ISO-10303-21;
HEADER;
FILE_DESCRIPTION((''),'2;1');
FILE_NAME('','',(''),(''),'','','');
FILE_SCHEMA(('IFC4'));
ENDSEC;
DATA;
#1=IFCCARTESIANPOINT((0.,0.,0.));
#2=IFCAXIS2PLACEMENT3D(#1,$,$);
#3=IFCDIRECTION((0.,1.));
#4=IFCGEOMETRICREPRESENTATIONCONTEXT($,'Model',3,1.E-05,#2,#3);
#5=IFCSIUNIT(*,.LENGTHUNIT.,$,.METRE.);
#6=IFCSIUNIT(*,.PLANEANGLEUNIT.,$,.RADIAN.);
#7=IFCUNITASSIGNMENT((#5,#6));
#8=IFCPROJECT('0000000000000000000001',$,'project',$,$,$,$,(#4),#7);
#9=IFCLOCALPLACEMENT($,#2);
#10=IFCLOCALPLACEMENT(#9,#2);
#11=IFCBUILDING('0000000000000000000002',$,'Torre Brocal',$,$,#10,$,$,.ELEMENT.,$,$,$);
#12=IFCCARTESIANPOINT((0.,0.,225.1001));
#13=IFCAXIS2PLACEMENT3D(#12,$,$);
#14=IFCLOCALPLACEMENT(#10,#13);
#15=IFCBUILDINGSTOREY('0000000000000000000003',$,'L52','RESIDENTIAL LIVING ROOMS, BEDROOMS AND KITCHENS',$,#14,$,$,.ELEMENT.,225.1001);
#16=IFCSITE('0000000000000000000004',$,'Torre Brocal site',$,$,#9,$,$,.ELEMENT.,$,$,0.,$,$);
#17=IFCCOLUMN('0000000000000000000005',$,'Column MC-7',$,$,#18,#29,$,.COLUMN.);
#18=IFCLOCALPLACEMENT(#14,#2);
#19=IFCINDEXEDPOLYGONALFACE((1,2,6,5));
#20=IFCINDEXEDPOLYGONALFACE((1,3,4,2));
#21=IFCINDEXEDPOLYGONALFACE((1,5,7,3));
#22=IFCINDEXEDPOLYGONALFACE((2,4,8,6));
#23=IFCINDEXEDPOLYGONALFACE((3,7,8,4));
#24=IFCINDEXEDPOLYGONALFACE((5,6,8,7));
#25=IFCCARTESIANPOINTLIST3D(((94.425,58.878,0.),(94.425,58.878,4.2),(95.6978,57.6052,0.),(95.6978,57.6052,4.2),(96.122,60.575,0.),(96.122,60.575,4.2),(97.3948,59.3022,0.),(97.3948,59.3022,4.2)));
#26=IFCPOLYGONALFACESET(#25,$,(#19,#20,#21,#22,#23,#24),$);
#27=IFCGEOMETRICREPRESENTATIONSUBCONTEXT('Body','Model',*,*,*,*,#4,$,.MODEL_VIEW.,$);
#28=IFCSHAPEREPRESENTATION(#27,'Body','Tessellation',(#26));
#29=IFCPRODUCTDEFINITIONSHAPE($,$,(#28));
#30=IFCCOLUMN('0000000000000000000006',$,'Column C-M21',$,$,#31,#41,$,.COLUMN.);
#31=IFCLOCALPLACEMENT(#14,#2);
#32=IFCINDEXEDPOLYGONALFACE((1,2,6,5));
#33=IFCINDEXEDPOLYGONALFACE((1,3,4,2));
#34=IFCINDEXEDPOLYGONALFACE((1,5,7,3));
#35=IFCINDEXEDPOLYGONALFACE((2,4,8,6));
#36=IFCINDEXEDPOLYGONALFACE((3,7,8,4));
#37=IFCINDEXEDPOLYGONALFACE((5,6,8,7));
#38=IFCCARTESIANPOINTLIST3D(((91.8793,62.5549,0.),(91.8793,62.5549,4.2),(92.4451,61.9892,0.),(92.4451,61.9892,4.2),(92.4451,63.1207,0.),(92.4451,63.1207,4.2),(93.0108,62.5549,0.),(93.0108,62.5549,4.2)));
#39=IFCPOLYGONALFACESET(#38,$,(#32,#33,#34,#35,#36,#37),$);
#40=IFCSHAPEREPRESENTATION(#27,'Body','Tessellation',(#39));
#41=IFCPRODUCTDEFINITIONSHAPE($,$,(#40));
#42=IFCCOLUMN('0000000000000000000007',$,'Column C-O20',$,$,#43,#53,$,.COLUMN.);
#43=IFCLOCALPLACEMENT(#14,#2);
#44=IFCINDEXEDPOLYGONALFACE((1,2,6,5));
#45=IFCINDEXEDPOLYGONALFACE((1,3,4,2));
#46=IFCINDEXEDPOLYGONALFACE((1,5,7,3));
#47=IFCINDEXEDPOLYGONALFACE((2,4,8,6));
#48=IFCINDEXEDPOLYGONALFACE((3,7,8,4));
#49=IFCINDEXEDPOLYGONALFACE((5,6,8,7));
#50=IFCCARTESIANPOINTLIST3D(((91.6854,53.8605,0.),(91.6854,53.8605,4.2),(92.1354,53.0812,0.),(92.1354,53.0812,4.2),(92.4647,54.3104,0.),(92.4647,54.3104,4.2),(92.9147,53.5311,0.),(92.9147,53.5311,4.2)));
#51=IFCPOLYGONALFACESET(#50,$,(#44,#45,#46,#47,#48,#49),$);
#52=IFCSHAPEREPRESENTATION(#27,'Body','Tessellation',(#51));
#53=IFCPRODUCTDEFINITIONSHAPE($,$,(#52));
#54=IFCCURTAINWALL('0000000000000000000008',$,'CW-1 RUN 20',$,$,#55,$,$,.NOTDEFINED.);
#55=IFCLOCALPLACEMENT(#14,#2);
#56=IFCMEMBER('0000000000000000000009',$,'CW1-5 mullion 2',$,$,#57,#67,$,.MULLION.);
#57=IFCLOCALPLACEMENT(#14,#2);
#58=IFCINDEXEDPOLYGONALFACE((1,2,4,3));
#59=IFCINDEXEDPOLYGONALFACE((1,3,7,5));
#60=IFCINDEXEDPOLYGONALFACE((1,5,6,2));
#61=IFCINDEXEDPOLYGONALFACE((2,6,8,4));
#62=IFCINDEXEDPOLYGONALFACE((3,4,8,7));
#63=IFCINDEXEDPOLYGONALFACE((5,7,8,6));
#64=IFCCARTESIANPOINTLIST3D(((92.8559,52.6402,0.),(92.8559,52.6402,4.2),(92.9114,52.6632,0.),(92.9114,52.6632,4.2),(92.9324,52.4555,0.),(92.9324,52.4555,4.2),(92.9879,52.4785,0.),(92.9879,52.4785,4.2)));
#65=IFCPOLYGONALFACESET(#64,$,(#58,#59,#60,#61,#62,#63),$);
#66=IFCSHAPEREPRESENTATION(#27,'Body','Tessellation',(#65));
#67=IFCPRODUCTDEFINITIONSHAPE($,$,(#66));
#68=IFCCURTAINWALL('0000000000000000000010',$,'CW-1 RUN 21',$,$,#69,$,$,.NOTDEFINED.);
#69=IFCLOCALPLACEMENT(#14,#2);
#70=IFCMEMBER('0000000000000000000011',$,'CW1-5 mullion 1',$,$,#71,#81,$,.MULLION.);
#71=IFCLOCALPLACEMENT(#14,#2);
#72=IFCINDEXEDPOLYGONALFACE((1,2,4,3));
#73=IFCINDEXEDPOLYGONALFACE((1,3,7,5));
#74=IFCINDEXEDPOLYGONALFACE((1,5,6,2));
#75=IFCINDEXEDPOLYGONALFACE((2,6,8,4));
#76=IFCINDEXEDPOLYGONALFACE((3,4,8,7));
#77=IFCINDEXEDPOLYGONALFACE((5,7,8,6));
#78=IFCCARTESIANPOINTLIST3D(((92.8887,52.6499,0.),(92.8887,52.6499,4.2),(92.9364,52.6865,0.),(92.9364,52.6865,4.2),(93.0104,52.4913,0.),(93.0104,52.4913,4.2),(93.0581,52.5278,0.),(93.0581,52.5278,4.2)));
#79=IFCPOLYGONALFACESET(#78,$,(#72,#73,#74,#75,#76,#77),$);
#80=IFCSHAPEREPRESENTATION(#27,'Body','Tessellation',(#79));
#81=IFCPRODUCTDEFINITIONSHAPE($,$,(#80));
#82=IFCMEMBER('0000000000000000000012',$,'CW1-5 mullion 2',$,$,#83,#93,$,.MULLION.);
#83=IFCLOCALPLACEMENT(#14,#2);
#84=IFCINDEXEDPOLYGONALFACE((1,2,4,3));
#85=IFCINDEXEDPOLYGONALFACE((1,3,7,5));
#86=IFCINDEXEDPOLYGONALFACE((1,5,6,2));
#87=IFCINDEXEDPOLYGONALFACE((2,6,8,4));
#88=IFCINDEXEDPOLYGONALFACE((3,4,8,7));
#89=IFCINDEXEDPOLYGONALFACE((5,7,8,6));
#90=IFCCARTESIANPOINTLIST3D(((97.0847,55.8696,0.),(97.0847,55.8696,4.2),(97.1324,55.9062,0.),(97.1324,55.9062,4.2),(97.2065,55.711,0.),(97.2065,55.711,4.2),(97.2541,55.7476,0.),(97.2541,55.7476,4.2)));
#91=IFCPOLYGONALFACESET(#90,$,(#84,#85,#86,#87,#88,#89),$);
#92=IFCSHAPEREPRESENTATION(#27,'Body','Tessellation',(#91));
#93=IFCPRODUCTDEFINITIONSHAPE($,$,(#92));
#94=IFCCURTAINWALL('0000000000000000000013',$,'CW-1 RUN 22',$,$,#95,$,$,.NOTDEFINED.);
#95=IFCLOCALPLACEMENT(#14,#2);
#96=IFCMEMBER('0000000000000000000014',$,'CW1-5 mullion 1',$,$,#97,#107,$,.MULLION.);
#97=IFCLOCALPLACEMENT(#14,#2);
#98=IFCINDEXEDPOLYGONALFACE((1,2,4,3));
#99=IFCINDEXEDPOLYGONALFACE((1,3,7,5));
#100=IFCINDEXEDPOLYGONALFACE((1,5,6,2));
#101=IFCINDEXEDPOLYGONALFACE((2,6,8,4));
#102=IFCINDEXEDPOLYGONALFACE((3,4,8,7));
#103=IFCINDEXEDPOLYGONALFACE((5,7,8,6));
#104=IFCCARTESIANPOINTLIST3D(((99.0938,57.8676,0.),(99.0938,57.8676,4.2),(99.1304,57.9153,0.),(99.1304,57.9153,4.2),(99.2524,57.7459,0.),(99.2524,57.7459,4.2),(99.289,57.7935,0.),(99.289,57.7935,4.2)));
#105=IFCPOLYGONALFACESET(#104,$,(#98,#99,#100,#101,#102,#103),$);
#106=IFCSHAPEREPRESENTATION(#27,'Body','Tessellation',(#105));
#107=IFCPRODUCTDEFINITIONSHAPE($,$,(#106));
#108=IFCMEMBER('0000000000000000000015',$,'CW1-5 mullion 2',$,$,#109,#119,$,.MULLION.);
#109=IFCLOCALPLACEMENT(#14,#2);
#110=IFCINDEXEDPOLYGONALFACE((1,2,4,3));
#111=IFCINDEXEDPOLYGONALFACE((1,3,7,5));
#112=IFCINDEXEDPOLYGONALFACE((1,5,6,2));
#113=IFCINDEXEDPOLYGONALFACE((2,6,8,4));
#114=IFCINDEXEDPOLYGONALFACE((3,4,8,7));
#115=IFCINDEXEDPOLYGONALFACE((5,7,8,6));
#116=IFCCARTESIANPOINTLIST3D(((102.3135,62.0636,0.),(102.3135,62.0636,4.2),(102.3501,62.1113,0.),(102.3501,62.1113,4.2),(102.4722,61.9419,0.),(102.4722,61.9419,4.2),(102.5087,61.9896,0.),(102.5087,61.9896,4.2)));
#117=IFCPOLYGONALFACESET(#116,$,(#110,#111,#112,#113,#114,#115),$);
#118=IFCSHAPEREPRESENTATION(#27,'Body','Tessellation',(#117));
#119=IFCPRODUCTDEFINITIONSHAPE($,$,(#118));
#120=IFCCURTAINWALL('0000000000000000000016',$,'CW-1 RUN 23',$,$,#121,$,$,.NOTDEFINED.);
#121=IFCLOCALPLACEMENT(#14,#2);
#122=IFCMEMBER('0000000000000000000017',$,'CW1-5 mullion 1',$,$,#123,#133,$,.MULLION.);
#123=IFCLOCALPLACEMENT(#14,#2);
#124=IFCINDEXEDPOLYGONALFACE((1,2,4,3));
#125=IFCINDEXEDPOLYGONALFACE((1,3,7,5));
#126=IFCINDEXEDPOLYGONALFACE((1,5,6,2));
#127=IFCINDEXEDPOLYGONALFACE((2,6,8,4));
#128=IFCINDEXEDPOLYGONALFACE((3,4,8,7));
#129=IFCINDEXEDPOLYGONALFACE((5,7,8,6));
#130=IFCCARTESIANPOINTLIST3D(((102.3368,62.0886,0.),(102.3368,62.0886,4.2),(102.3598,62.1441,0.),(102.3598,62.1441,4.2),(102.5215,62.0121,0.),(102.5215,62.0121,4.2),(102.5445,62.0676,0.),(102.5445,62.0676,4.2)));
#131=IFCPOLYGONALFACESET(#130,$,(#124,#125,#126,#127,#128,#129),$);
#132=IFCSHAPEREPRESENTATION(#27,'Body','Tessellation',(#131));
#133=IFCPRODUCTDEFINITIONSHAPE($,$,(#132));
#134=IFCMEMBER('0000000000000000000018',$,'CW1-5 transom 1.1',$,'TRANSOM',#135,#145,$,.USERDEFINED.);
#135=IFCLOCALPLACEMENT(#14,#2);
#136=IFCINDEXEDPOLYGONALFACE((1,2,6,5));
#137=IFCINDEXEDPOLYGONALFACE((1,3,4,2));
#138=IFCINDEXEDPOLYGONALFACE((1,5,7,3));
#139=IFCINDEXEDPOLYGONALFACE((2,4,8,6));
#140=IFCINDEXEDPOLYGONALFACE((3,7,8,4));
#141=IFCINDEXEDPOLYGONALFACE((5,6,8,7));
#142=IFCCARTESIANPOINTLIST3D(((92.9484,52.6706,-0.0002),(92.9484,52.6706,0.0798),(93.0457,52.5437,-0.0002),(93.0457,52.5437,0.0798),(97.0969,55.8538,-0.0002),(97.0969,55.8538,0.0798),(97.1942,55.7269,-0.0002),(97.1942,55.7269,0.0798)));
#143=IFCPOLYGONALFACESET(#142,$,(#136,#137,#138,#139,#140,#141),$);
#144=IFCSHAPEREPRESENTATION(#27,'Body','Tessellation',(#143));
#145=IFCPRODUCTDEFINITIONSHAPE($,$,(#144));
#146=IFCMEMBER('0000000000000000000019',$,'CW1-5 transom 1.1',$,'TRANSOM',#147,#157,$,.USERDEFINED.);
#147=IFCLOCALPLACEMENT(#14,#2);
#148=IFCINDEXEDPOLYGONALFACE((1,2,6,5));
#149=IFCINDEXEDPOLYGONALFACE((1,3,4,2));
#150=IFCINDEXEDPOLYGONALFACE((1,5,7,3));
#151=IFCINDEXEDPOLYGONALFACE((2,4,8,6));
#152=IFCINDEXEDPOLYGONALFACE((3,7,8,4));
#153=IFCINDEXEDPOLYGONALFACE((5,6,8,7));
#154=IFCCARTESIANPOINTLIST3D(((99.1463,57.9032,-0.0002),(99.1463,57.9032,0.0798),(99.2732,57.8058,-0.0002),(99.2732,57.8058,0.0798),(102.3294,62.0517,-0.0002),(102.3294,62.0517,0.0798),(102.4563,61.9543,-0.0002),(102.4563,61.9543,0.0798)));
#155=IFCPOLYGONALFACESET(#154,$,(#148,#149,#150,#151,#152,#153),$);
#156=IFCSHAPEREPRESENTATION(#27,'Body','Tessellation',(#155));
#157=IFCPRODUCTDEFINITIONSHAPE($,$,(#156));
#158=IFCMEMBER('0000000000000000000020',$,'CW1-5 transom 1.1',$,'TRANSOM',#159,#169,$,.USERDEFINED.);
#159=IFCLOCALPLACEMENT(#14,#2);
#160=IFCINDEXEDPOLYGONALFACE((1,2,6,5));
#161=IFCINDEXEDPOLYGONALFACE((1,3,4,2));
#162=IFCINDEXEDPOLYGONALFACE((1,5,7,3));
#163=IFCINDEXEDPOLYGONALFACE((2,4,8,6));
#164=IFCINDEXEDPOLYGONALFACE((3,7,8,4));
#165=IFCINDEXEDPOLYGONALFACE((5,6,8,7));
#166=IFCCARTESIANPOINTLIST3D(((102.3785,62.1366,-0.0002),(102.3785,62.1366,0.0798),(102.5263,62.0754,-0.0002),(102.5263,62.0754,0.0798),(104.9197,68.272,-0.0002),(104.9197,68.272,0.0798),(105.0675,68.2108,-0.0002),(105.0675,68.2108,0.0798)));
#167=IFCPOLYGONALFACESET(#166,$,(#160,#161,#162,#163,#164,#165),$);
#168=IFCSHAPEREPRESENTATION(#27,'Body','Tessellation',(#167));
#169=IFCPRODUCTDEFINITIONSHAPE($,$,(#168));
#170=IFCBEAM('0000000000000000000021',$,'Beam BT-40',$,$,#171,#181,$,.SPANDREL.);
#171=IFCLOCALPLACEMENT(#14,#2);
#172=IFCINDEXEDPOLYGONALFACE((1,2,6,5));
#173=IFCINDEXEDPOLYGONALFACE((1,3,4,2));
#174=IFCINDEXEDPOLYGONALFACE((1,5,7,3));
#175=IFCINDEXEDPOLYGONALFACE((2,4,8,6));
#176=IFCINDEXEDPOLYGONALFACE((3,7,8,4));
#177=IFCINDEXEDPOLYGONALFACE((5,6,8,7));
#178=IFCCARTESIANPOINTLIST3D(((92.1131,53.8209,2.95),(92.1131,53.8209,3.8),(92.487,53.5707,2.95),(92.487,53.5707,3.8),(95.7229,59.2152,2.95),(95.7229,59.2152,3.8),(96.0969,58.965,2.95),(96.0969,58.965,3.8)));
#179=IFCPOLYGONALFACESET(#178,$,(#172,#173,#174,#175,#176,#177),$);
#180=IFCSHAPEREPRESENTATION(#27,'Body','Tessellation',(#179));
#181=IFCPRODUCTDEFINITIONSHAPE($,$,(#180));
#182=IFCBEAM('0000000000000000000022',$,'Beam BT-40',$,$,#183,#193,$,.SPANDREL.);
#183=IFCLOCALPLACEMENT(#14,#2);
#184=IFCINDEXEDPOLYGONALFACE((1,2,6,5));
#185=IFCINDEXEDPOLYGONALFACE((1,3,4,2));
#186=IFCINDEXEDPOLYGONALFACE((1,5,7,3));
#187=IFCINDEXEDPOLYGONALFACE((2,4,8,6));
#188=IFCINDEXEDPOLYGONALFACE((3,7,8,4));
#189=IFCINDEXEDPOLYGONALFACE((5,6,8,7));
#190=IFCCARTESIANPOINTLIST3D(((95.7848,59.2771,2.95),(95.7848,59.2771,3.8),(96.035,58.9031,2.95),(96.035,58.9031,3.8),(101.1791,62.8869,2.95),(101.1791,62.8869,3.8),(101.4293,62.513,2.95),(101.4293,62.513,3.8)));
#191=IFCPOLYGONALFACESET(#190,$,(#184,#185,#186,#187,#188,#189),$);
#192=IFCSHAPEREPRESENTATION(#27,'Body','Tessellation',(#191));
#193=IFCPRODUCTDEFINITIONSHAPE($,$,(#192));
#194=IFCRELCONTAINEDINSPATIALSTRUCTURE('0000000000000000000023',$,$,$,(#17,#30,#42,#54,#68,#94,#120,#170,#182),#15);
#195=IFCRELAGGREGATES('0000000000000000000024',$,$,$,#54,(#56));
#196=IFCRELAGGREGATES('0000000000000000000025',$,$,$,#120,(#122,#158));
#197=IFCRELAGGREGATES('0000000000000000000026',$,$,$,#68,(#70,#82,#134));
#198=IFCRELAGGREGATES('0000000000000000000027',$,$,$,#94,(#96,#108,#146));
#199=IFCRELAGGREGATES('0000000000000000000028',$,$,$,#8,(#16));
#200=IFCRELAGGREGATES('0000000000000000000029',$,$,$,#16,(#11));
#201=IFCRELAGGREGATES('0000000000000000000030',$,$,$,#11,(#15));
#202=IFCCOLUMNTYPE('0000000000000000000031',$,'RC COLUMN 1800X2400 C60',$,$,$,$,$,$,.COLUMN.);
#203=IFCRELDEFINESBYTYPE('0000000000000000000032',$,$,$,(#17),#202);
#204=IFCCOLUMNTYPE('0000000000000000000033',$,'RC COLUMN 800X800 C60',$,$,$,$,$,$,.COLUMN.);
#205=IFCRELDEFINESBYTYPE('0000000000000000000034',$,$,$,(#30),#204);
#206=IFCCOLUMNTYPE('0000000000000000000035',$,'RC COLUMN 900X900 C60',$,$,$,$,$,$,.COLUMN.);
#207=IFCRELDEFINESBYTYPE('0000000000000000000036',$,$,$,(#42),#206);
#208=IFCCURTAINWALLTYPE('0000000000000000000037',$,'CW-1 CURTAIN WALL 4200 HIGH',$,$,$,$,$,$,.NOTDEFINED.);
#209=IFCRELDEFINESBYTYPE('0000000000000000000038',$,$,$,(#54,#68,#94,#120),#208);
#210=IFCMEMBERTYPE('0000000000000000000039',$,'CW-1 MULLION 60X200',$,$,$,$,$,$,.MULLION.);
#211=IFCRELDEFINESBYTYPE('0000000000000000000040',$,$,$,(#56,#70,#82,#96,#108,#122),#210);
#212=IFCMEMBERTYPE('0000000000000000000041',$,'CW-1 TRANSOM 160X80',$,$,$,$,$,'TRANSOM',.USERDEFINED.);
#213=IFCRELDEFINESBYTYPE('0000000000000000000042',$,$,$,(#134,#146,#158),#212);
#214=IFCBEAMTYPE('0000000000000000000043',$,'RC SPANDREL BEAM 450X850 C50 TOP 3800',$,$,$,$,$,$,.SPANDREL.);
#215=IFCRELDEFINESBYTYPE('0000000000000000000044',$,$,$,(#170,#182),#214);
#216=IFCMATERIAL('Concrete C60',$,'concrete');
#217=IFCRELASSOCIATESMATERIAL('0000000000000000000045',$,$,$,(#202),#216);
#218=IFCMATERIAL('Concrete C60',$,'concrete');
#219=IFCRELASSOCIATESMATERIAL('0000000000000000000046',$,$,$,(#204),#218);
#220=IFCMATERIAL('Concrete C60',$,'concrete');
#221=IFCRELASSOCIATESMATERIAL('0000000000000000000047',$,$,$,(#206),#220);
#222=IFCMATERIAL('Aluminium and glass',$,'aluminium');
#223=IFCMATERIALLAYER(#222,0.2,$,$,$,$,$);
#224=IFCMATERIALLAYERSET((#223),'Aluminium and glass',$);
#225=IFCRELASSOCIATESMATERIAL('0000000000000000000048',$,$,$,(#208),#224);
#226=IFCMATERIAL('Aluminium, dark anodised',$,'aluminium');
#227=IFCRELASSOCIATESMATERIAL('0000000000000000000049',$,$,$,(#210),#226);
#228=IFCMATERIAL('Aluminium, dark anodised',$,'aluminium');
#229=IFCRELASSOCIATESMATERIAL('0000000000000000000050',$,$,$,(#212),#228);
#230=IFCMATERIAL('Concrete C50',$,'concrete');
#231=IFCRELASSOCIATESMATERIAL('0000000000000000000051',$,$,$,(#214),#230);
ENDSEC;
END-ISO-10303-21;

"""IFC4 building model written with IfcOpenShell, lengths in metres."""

from ifc_helpers import new_model, si_unit, direction, frame, origin, origin_2d, place, context, subcontext, project, spatial, rectangle, extrude, material, layer, layer_set, material_profile, profile_set, type_object, element, aggregate, save


model = new_model("IFC4")

# Units and contexts
model_context = context("Model", 3, precision=1e-05, world=origin(), true_north=direction((0.0, 1.0)))
body_context = subcontext(model_context, "Body", "Model", "MODEL_VIEW")
ifc_project = project(units=[si_unit("LENGTHUNIT", "METRE"), si_unit("PLANEANGLEUNIT", "RADIAN")], contexts=[model_context])

# Site, building, storey
site_placement = place(None, origin())
site = spatial("IfcSite", under=ifc_project, at=site_placement, Name="Torre Brocal site", CompositionType="ELEMENT", RefElevation=0.0)
building_placement = place(site_placement, origin())
building = spatial("IfcBuilding", under=site, at=building_placement, Name="Torre Brocal", CompositionType="ELEMENT")
storey_placement = place(building_placement, frame((0.0, 0.0, 225.1001)))
storey = spatial("IfcBuildingStorey", under=building, at=storey_placement, Name="L52", Description="RESIDENTIAL LIVING ROOMS, BEDROOMS AND KITCHENS", CompositionType="ELEMENT", Elevation=225.1001)

# Columns
ifc_material_1 = material(Name="Concrete C60", Category="concrete")
ifc_material_profile_1 = material_profile(ifc_material_1, rectangle(XDim=1.8, YDim=2.3999, at=origin_2d()), Name="RC 1800X2400")
ifc_profile_set_1 = profile_set([ifc_material_profile_1], Name="Concrete C60")
column_type_1 = type_object("IfcColumnType", Name="RC COLUMN 1800X2400 C60", PredefinedType="COLUMN", material=ifc_profile_set_1)
column_1_placement = place(storey_placement, frame((95.9099, 59.0901, 0.0), z_axis=(0.0, 0.0, 1.0), x_axis=(0.707107, -0.707107, 0.0)))
element("IfcColumn", 1, at=column_1_placement, inside=storey, type_object=column_type_1, Name="Column MC-7", PredefinedType="COLUMN", context=body_context, shape_type="SweptSolid", body=[
    extrude(rectangle(XDim=1.8, YDim=2.3999, at=origin_2d()), origin(), (0.0, 0.0, 1.0), 4.2),
])
ifc_material_2 = material(Name="Concrete C60", Category="concrete")
ifc_material_profile_2 = material_profile(ifc_material_2, rectangle(XDim=0.8, YDim=0.8, at=origin_2d()), Name="RC 800X800")
ifc_profile_set_2 = profile_set([ifc_material_profile_2], Name="Concrete C60")
column_type_2 = type_object("IfcColumnType", Name="RC COLUMN 800X800 C60", PredefinedType="COLUMN", material=ifc_profile_set_2)
column_2_placement = place(storey_placement, frame((92.4451, 62.5549, 0.0), z_axis=(0.0, 0.0, 1.0), x_axis=(0.707107, -0.707107, 0.0)))
element("IfcColumn", 2, at=column_2_placement, inside=storey, type_object=column_type_2, Name="Column C-M21", PredefinedType="COLUMN", context=body_context, shape_type="SweptSolid", body=[
    extrude(rectangle(XDim=0.8, YDim=0.8, at=origin_2d()), origin(), (0.0, 0.0, 1.0), 4.2),
])
ifc_material_3 = material(Name="Concrete C60", Category="concrete")
ifc_material_profile_3 = material_profile(ifc_material_3, rectangle(XDim=0.8999, YDim=0.8999, at=origin_2d()), Name="RC 900X900")
ifc_profile_set_3 = profile_set([ifc_material_profile_3], Name="Concrete C60")
column_type_3 = type_object("IfcColumnType", Name="RC COLUMN 900X900 C60", PredefinedType="COLUMN", material=ifc_profile_set_3)
column_3_placement = place(storey_placement, frame((92.3, 53.6958, 0.0), z_axis=(0.0, 0.0, 1.0), x_axis=(0.5, -0.866025, 0.0)))
element("IfcColumn", 3, at=column_3_placement, inside=storey, type_object=column_type_3, Name="Column C-O20", PredefinedType="COLUMN", context=body_context, shape_type="SweptSolid", body=[
    extrude(rectangle(XDim=0.8999, YDim=0.8999, at=origin_2d()), origin(), (0.0, 0.0, 1.0), 4.2),
])

# Curtain wall, member
ifc_material_4 = material(Name="Aluminium and glass", Category="aluminium")
ifc_layer_1 = layer(ifc_material_4, 0.2)
ifc_layer_set_1 = layer_set([ifc_layer_1], Name="Aluminium and glass")
curtain_wall_type = type_object("IfcCurtainWallType", Name="CW-1 CURTAIN WALL 4200 HIGH", PredefinedType="NOTDEFINED", material=ifc_layer_set_1)
curtain_wall_1_placement = place(storey_placement, origin())
curtain_wall_1 = element("IfcCurtainWall", 4, at=curtain_wall_1_placement, inside=storey, type_object=curtain_wall_type, Name="CW-1 RUN 20", PredefinedType="NOTDEFINED")
ifc_material_5 = material(Name="Aluminium, dark anodised", Category="aluminium")
ifc_material_profile_4 = material_profile(ifc_material_5, rectangle(XDim=0.2, YDim=0.0601, at=origin_2d()), Name="CW-1 MULLION 60X200")
ifc_profile_set_4 = profile_set([ifc_material_profile_4], Name="Aluminium, dark anodised")
member_type_1 = type_object("IfcMemberType", Name="CW-1 MULLION 60X200", PredefinedType="MULLION", material=ifc_profile_set_4)
member_1_placement = place(storey_placement, frame((92.9219, 52.5593, 0.0), z_axis=(0.0, 0.0, 1.0), x_axis=(-0.382683, 0.92388, 0.0)))
member_1 = element("IfcMember", 5, at=member_1_placement, type_object=member_type_1, Name="CW1-5 mullion 2", PredefinedType="MULLION", context=body_context, shape_type="SweptSolid", body=[
    extrude(rectangle(XDim=0.2, YDim=0.0601, at=origin_2d()), origin(), (0.0, 0.0, 1.0), 4.2),
])
aggregate(curtain_wall_1, [member_1])

# Curtain walls, members
curtain_wall_2_placement = place(storey_placement, origin())
curtain_wall_2 = element("IfcCurtainWall", 6, at=curtain_wall_2_placement, inside=storey, type_object=curtain_wall_type, Name="CW-1 RUN 21", PredefinedType="NOTDEFINED")
member_2_placement = place(storey_placement, frame((92.9734, 52.5889, 0.0), z_axis=(0.0, 0.0, 1.0), x_axis=(-0.608761, 0.793353, 0.0)))
member_2 = element("IfcMember", 7, at=member_2_placement, type_object=member_type_1, Name="CW1-5 mullion 1", PredefinedType="MULLION", context=body_context, shape_type="SweptSolid", body=[
    extrude(rectangle(XDim=0.2, YDim=0.0601, at=origin_2d()), origin(), (0.0, 0.0, 1.0), 4.2),
])
member_3_placement = place(storey_placement, frame((97.1694, 55.8086, 0.0), z_axis=(0.0, 0.0, 1.0), x_axis=(-0.608761, 0.793353, 0.0)))
member_3 = element("IfcMember", 8, at=member_3_placement, type_object=member_type_1, Name="CW1-5 mullion 2", PredefinedType="MULLION", context=body_context, shape_type="SweptSolid", body=[
    extrude(rectangle(XDim=0.2, YDim=0.0601, at=origin_2d()), origin(), (0.0, 0.0, 1.0), 4.2),
])
curtain_wall_3_placement = place(storey_placement, origin())
curtain_wall_3 = element("IfcCurtainWall", 9, at=curtain_wall_3_placement, inside=storey, type_object=curtain_wall_type, Name="CW-1 RUN 22", PredefinedType="NOTDEFINED")
member_4_placement = place(storey_placement, frame((99.1914, 57.8306, 0.0), z_axis=(0.0, 0.0, 1.0), x_axis=(-0.793353, 0.608761, 0.0)))
member_4 = element("IfcMember", 10, at=member_4_placement, type_object=member_type_1, Name="CW1-5 mullion 1", PredefinedType="MULLION", context=body_context, shape_type="SweptSolid", body=[
    extrude(rectangle(XDim=0.2, YDim=0.0601, at=origin_2d()), origin(), (0.0, 0.0, 1.0), 4.2),
])
member_5_placement = place(storey_placement, frame((102.4111, 62.0266, 0.0), z_axis=(0.0, 0.0, 1.0), x_axis=(-0.793353, 0.608761, 0.0)))
member_5 = element("IfcMember", 11, at=member_5_placement, type_object=member_type_1, Name="CW1-5 mullion 2", PredefinedType="MULLION", context=body_context, shape_type="SweptSolid", body=[
    extrude(rectangle(XDim=0.2, YDim=0.0601, at=origin_2d()), origin(), (0.0, 0.0, 1.0), 4.2),
])

# Curtain wall, member
curtain_wall_4_placement = place(storey_placement, origin())
curtain_wall_4 = element("IfcCurtainWall", 12, at=curtain_wall_4_placement, inside=storey, type_object=curtain_wall_type, Name="CW-1 RUN 23", PredefinedType="NOTDEFINED")
member_6_placement = place(storey_placement, frame((102.4407, 62.0781, 0.0), z_axis=(0.0, 0.0, 1.0), x_axis=(-0.92388, 0.382683, 0.0)))
member_6 = element("IfcMember", 13, at=member_6_placement, type_object=member_type_1, Name="CW1-5 mullion 1", PredefinedType="MULLION", context=body_context, shape_type="SweptSolid", body=[
    extrude(rectangle(XDim=0.2, YDim=0.0601, at=origin_2d()), origin(), (0.0, 0.0, 1.0), 4.2),
])

# Members
ifc_material_6 = material(Name="Aluminium, dark anodised", Category="aluminium")
ifc_material_profile_5 = material_profile(ifc_material_6, rectangle(XDim=0.1599, YDim=0.0801, at=origin_2d()), Name="CW-1 TRANSOM 160X80")
ifc_profile_set_5 = profile_set([ifc_material_profile_5], Name="Aluminium, dark anodised")
member_type_2 = type_object("IfcMemberType", Name="CW-1 TRANSOM 160X80", ElementType="TRANSOM", PredefinedType="USERDEFINED", material=ifc_profile_set_5)
member_7_placement = place(storey_placement, frame((92.9971, 52.6072, 0.0398), z_axis=(0.793363, 0.608749, 0.0), x_axis=(-0.608749, 0.793363, 0.0)))
member_7 = element("IfcMember", 14, at=member_7_placement, type_object=member_type_2, Name="CW1-5 transom 1.1", ObjectType="TRANSOM", PredefinedType="USERDEFINED", context=body_context, shape_type="SweptSolid", body=[
    extrude(rectangle(XDim=0.1599, YDim=0.0801, at=origin_2d()), origin(), (0.0, 0.0, 1.0), 5.229),
])
member_8_placement = place(storey_placement, frame((99.2097, 57.8545, 0.0398), z_axis=(0.608749, 0.793363, 0.0), x_axis=(-0.793363, 0.608749, 0.0)))
member_8 = element("IfcMember", 15, at=member_8_placement, type_object=member_type_2, Name="CW1-5 transom 1.1", ObjectType="TRANSOM", PredefinedType="USERDEFINED", context=body_context, shape_type="SweptSolid", body=[
    extrude(rectangle(XDim=0.1599, YDim=0.0801, at=origin_2d()), origin(), (0.0, 0.0, 1.0), 5.229),
])
member_9_placement = place(storey_placement, frame((102.4524, 62.106, 0.0398), z_axis=(0.382665, 0.923887, 0.0), x_axis=(-0.923887, 0.382665, 0.0)))
member_9 = element("IfcMember", 16, at=member_9_placement, type_object=member_type_2, Name="CW1-5 transom 1.1", ObjectType="TRANSOM", PredefinedType="USERDEFINED", context=body_context, shape_type="SweptSolid", body=[
    extrude(rectangle(XDim=0.1599, YDim=0.0801, at=origin_2d()), origin(), (0.0, 0.0, 1.0), 6.6409),
])
aggregate(curtain_wall_4, [member_6, member_9])

# Beams
ifc_material_7 = material(Name="Concrete C50", Category="concrete")
ifc_material_profile_6 = material_profile(ifc_material_7, rectangle(XDim=0.45, YDim=0.8501, at=origin_2d()), Name="RC 450X850")
ifc_profile_set_6 = profile_set([ifc_material_profile_6], Name="Concrete C50")
beam_type = type_object("IfcBeamType", Name="RC SPANDREL BEAM 450X850 C50 TOP 3800", PredefinedType="SPANDREL", material=ifc_profile_set_6)
for number, where, z_axis, x_axis, name in (
    (17, (92.3, 53.6958, 3.375), (0.556158, 0.831077, 0.0), (-0.831077, 0.556158, 0.0), "Beam BT-40"),
    (18, (95.9099, 59.0901, 3.375), (0.831077, 0.556158, 0.0), (-0.556158, 0.831077, 0.0), "Beam BT-40"),
):
    element("IfcBeam", number, at=place(storey_placement, frame(where, z_axis=z_axis, x_axis=x_axis)), inside=storey, type_object=beam_type, Name=name, PredefinedType="SPANDREL", context=body_context, shape_type="SweptSolid", body=[
        extrude(rectangle(XDim=0.45, YDim=0.8501, at=origin_2d()), origin(), (0.0, 0.0, 1.0), 6.4907),
    ])

aggregate(curtain_wall_2, [member_2, member_3, member_7])
aggregate(curtain_wall_3, [member_4, member_5, member_8])

save(model, "model.ifc")
